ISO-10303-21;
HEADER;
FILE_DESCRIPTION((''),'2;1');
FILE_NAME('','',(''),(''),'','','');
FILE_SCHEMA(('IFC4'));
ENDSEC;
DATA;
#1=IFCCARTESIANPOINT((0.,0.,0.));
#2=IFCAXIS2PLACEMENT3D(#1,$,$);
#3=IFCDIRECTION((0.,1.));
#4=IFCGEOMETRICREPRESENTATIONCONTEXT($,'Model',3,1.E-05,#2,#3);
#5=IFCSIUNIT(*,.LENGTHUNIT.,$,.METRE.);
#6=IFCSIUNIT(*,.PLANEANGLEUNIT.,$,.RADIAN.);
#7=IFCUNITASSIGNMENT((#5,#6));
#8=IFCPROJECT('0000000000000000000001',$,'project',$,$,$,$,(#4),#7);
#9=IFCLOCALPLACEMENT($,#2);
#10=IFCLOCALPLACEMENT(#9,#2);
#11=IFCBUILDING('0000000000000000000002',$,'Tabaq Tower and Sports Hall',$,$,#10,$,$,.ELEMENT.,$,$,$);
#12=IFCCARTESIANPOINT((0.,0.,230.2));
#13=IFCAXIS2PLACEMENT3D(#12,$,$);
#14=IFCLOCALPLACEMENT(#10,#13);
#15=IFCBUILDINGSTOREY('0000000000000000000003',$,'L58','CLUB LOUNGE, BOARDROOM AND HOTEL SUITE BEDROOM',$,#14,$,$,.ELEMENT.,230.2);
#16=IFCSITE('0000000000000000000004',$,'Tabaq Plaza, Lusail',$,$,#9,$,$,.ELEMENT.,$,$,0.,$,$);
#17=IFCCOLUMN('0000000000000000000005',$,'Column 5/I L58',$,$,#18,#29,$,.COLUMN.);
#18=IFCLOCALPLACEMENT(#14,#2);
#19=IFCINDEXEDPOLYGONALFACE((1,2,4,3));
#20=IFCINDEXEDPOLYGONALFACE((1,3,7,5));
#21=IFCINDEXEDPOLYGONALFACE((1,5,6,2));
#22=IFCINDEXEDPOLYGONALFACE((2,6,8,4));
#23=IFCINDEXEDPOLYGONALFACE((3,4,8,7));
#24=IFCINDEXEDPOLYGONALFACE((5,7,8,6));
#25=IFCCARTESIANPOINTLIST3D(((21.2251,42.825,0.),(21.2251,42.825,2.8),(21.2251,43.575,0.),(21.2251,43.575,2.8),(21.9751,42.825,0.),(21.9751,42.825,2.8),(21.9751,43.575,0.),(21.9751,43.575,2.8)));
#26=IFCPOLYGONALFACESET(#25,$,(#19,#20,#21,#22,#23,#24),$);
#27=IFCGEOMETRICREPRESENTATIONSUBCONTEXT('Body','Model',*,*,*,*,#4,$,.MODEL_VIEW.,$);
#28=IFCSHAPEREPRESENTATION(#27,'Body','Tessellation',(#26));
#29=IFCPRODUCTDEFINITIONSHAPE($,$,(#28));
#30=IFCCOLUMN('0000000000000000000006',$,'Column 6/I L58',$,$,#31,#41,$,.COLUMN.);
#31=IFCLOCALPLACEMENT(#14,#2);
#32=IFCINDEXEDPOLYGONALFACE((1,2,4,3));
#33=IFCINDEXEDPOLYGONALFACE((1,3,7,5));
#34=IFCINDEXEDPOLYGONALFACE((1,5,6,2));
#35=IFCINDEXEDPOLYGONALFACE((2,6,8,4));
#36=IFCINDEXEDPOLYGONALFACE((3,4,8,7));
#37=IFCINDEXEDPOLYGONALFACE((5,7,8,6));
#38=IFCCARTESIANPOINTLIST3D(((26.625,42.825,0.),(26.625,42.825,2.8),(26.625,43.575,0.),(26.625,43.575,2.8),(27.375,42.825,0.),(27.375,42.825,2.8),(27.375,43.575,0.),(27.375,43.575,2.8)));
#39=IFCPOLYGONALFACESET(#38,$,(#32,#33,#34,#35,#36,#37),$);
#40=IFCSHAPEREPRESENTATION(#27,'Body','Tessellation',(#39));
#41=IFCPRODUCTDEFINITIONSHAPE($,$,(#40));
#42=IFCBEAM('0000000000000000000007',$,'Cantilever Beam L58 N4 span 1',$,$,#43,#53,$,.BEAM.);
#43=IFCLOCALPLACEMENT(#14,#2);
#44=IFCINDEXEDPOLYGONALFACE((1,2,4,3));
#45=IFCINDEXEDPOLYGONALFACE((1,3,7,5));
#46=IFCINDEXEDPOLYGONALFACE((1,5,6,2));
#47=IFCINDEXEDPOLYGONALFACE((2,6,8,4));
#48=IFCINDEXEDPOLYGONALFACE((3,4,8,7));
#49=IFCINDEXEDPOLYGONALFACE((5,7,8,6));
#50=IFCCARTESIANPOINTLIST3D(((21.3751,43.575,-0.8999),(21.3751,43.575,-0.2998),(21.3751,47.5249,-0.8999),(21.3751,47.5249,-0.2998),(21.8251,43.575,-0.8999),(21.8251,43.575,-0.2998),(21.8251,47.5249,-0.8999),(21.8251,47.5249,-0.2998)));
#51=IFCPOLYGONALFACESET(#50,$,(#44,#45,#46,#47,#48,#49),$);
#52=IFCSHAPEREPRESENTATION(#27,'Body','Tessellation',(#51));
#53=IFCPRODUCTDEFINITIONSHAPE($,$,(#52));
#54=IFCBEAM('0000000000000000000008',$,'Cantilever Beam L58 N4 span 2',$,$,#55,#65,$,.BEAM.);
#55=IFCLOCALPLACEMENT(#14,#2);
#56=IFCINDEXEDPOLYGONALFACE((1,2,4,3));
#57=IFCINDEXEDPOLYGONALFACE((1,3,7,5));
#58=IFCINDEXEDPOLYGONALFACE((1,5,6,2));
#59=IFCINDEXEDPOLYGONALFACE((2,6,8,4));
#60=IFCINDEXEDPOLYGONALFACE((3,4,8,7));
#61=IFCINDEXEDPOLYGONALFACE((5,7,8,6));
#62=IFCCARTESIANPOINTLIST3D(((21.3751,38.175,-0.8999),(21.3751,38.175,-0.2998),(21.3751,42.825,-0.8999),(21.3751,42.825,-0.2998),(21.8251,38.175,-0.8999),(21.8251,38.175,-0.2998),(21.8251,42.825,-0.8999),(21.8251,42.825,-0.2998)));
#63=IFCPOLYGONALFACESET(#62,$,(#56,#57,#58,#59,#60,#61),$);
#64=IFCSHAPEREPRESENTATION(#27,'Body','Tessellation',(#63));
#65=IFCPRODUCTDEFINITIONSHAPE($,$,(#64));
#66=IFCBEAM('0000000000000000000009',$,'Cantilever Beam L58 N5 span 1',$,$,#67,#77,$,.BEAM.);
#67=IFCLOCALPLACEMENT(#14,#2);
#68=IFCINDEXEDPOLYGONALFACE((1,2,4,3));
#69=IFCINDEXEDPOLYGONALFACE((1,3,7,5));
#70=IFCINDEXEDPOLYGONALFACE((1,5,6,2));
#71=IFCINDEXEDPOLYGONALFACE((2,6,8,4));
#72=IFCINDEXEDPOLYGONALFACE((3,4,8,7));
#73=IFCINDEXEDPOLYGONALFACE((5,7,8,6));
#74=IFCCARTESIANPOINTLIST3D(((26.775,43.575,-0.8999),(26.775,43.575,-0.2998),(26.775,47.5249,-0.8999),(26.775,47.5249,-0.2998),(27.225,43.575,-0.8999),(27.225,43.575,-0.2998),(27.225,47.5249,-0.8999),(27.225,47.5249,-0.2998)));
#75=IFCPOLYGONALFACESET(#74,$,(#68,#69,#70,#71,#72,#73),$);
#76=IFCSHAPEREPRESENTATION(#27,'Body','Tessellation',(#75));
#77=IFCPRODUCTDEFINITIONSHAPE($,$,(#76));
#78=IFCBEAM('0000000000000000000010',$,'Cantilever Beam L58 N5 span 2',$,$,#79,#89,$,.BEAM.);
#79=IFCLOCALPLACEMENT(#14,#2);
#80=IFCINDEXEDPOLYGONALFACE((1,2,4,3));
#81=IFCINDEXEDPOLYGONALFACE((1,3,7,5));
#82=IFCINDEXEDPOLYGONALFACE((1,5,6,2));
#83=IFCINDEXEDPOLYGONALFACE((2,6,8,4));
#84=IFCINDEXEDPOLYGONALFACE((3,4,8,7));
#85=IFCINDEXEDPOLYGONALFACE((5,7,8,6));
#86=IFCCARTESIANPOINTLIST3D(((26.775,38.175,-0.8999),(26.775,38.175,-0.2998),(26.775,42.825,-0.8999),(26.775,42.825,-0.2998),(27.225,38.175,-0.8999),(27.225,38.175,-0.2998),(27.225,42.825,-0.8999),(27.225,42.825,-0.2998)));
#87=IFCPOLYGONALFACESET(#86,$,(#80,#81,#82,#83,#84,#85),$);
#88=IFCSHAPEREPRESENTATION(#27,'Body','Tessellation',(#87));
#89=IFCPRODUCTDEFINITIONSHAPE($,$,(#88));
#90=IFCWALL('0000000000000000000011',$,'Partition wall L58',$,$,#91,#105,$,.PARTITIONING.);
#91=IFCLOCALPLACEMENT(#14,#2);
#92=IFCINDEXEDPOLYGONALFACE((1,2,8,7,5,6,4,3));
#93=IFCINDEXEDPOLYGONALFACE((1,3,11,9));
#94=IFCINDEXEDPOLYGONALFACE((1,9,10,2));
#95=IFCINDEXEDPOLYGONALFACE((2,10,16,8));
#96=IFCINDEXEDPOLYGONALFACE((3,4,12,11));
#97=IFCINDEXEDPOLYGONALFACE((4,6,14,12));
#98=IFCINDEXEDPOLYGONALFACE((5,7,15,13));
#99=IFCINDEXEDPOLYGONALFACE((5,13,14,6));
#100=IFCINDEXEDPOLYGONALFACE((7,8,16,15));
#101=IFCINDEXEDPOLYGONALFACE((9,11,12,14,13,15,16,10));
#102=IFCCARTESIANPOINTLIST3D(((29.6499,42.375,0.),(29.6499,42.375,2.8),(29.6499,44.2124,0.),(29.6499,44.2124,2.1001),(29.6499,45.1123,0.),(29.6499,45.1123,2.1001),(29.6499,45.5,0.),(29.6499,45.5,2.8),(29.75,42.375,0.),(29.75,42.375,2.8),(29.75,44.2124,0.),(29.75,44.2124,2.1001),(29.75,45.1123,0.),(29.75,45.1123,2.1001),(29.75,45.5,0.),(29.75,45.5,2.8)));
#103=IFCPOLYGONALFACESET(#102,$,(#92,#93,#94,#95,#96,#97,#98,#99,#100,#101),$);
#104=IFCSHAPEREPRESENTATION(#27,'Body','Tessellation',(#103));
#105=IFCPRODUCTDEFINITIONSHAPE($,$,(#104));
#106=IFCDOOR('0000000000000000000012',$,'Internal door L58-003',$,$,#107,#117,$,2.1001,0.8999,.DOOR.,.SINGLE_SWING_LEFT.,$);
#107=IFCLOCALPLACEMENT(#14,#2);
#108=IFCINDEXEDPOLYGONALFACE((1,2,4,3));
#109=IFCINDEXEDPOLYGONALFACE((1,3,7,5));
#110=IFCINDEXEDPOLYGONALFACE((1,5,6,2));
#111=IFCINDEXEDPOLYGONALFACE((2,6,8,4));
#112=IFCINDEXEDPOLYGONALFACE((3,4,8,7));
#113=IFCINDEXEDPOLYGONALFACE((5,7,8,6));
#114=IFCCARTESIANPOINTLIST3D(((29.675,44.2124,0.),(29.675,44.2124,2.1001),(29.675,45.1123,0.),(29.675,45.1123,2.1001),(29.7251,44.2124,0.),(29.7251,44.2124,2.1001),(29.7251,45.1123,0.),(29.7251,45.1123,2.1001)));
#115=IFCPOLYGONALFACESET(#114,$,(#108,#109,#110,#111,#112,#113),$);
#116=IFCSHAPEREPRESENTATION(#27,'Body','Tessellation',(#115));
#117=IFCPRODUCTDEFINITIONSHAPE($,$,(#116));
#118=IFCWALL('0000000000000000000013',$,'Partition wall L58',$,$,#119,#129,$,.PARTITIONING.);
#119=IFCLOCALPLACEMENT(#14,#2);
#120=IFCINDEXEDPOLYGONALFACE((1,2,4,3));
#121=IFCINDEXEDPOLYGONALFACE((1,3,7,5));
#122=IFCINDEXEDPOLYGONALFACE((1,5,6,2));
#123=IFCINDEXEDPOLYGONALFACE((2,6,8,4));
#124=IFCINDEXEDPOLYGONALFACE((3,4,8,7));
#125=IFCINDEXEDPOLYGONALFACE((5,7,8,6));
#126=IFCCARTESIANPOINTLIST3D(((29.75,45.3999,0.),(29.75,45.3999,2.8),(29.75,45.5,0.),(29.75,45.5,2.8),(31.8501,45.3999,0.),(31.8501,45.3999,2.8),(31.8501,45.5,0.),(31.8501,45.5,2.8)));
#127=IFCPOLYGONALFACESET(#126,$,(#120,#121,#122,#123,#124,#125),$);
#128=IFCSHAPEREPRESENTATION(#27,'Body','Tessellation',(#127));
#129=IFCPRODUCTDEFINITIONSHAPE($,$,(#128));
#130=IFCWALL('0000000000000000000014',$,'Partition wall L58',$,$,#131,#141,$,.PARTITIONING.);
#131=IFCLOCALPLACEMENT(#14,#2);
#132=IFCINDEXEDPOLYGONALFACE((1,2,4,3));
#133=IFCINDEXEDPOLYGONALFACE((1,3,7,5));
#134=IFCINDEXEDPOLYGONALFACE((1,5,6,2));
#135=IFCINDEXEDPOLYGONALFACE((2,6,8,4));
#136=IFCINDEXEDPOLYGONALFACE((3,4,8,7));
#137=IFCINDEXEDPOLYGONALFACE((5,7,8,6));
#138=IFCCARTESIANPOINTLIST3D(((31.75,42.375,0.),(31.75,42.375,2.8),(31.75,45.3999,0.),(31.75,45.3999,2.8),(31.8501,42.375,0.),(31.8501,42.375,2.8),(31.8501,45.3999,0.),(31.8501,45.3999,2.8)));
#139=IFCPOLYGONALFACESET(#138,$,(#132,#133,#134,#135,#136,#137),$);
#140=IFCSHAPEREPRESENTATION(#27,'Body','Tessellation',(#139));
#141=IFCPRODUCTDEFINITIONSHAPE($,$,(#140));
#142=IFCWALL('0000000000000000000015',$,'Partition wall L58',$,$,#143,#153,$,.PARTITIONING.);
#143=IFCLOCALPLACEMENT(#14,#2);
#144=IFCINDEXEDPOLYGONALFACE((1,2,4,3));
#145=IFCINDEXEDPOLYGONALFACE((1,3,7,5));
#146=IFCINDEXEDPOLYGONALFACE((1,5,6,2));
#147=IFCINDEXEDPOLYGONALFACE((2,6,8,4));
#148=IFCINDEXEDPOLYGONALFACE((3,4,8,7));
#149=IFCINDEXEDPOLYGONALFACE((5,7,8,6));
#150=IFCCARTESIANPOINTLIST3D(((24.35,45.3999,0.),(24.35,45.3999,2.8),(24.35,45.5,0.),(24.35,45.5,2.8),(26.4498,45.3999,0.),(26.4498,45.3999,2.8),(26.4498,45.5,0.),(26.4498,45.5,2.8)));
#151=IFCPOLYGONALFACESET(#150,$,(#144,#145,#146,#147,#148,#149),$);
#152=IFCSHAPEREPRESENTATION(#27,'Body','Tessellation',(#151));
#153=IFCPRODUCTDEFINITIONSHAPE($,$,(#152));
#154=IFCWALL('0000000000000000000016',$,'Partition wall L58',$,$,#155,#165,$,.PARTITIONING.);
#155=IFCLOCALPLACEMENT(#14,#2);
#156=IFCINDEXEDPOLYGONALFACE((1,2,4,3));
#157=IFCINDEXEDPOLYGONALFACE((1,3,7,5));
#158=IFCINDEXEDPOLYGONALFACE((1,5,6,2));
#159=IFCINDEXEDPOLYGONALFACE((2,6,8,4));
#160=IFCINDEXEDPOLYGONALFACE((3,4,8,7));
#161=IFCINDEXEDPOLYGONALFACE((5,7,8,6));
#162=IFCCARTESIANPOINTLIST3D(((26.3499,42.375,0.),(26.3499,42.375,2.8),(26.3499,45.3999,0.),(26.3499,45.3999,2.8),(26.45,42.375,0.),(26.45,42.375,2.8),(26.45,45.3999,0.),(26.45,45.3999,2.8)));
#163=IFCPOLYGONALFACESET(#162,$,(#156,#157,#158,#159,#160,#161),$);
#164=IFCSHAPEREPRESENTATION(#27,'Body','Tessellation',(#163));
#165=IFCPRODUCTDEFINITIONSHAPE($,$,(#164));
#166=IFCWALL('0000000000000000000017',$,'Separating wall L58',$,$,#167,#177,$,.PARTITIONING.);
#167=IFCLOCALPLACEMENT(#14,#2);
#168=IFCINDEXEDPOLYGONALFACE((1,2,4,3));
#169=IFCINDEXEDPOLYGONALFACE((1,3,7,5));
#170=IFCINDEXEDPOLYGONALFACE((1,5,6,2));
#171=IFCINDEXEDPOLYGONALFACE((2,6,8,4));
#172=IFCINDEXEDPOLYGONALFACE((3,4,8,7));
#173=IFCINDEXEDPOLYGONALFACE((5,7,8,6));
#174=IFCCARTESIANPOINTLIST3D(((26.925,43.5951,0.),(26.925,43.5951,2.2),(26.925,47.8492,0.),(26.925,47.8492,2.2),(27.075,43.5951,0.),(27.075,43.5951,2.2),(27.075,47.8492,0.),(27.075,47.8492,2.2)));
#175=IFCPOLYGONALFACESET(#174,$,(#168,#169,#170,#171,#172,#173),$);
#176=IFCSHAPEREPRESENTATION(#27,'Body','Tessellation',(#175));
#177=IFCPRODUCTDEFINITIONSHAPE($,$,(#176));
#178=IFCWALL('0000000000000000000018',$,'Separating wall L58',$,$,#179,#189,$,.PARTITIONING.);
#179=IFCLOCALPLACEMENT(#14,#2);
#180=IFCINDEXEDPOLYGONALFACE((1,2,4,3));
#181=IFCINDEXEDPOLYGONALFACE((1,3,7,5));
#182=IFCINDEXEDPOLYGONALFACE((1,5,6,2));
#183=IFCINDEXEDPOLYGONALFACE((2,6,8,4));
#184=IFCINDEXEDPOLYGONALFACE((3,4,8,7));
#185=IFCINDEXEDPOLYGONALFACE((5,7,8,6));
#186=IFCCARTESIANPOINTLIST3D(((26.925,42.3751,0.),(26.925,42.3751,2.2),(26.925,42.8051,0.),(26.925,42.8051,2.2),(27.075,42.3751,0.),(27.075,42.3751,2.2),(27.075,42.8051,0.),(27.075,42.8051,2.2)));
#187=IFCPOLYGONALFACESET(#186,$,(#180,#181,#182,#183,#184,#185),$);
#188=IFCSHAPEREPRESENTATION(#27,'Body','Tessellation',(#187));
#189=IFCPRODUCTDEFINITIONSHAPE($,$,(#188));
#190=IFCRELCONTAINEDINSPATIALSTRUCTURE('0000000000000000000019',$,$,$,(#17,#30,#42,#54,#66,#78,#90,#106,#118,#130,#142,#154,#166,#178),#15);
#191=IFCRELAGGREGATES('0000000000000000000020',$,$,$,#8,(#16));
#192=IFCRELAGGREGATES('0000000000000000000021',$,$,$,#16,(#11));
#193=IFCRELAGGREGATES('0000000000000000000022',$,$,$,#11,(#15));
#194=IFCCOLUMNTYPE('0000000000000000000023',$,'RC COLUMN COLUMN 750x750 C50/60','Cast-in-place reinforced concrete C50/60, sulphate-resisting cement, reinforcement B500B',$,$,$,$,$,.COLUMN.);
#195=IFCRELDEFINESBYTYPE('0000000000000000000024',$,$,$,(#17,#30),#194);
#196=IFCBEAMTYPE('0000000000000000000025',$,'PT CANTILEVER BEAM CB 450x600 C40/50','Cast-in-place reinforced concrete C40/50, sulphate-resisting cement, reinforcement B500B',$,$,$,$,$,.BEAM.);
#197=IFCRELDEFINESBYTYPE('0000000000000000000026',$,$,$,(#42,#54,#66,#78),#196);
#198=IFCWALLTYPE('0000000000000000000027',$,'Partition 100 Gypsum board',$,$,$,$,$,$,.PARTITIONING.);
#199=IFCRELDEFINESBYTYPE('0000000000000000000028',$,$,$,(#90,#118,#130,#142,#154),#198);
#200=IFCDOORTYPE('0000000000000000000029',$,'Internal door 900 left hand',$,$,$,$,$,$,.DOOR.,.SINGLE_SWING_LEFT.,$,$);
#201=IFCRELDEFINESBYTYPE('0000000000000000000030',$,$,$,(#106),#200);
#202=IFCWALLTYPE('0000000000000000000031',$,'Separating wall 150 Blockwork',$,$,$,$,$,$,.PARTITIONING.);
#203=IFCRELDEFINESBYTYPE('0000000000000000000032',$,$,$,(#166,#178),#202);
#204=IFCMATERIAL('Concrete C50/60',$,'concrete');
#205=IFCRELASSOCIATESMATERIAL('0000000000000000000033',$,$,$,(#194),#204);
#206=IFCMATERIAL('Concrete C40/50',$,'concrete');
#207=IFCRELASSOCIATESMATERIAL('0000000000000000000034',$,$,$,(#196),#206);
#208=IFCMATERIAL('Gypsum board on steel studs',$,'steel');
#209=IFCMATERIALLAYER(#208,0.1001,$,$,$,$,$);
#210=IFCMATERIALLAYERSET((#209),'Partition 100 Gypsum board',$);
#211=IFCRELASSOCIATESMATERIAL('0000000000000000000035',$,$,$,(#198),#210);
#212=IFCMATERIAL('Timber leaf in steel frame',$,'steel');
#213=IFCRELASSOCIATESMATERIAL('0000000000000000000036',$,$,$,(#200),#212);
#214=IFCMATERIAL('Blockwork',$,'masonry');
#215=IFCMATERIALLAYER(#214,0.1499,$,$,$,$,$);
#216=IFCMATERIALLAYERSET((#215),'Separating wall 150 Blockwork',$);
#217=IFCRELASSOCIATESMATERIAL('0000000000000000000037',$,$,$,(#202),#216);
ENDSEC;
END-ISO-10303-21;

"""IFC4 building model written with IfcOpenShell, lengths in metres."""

from ifc_helpers import new_model, si_unit, direction, frame, frame_2d, origin, origin_2d, place, context, subcontext, project, spatial, rectangle, extrude, material, layer, layer_set, material_profile, profile_set, type_object, element, fill, save


model = new_model("IFC4")

# Units and contexts
model_context = context("Model", 3, precision=1e-05, world=origin(), true_north=direction((0.0, 1.0)))
body_context = subcontext(model_context, "Body", "Model", "MODEL_VIEW")
ifc_project = project(units=[si_unit("LENGTHUNIT", "METRE"), si_unit("PLANEANGLEUNIT", "RADIAN")], contexts=[model_context])

# Site, building, storey
site_placement = place(None, origin())
site = spatial("IfcSite", under=ifc_project, at=site_placement, Name="Tabaq Plaza, Lusail", CompositionType="ELEMENT", RefElevation=0.0)
building_placement = place(site_placement, origin())
building = spatial("IfcBuilding", under=site, at=building_placement, Name="Tabaq Tower and Sports Hall", CompositionType="ELEMENT")
storey_placement = place(building_placement, frame((0.0, 0.0, 230.2)))
storey = spatial("IfcBuildingStorey", under=building, at=storey_placement, Name="L58", Description="CLUB LOUNGE, BOARDROOM AND HOTEL SUITE BEDROOM", CompositionType="ELEMENT", Elevation=230.2)

# Columns
ifc_material_1 = material(Name="Concrete C50/60", Category="concrete")
ifc_material_profile_1 = material_profile(ifc_material_1, rectangle(XDim=0.75, YDim=0.75, at=origin_2d()), Name="COLUMN 750x750")
ifc_profile_set_1 = profile_set([ifc_material_profile_1], Name="Concrete C50/60")
column_type = type_object("IfcColumnType", Name="RC COLUMN COLUMN 750x750 C50/60", Description="Cast-in-place reinforced concrete C50/60, sulphate-resisting cement, reinforcement B500B", PredefinedType="COLUMN", material=ifc_profile_set_1)
for number, where, z_axis, x_axis, name in (
    (1, (21.6001, 43.2, 0.0), (0.0, 0.0, 1.0), (1.0, 0.0, 0.0), "Column 5/I L58"),
    (2, (27.0, 43.2, 0.0), (0.0, 0.0, 1.0), (1.0, 0.0, 0.0), "Column 6/I L58"),
):
    element("IfcColumn", number, at=place(storey_placement, frame(where, z_axis=z_axis, x_axis=x_axis)), inside=storey, type_object=column_type, Name=name, PredefinedType="COLUMN", context=body_context, shape_type="SweptSolid", body=[
        extrude(rectangle(XDim=0.75, YDim=0.75, at=origin_2d()), origin(), (0.0, 0.0, 1.0), 2.8),
    ])

# Beams
ifc_material_2 = material(Name="Concrete C40/50", Category="concrete")
ifc_material_profile_2 = material_profile(ifc_material_2, rectangle(XDim=0.45, YDim=0.6001, at=origin_2d()), Name="CB 450x600")
ifc_profile_set_2 = profile_set([ifc_material_profile_2], Name="Concrete C40/50")
beam_type = type_object("IfcBeamType", Name="PT CANTILEVER BEAM CB 450x600 C40/50", Description="Cast-in-place reinforced concrete C40/50, sulphate-resisting cement, reinforcement B500B", PredefinedType="BEAM", material=ifc_profile_set_2)
beam_1_placement = place(storey_placement, frame((21.6001, 47.5249, -0.5999), z_axis=(0.0, -1.0, 0.0), x_axis=(1.0, 0.0, 0.0)))
element("IfcBeam", 3, at=beam_1_placement, inside=storey, type_object=beam_type, Name="Cantilever Beam L58 N4 span 1", PredefinedType="BEAM", context=body_context, shape_type="SweptSolid", body=[
    extrude(rectangle(XDim=0.45, YDim=0.6001, at=origin_2d()), origin(), (0.0, 0.0, 1.0), 3.95),
])
beam_2_placement = place(storey_placement, frame((21.6001, 42.825, -0.5999), z_axis=(0.0, -1.0, 0.0), x_axis=(1.0, 0.0, 0.0)))
element("IfcBeam", 4, at=beam_2_placement, inside=storey, type_object=beam_type, Name="Cantilever Beam L58 N4 span 2", PredefinedType="BEAM", context=body_context, shape_type="SweptSolid", body=[
    extrude(rectangle(XDim=0.45, YDim=0.6001, at=origin_2d()), origin(), (0.0, 0.0, 1.0), 4.6499),
])
beam_3_placement = place(storey_placement, frame((27.0, 47.5249, -0.5999), z_axis=(0.0, -1.0, 0.0), x_axis=(1.0, 0.0, 0.0)))
element("IfcBeam", 5, at=beam_3_placement, inside=storey, type_object=beam_type, Name="Cantilever Beam L58 N5 span 1", PredefinedType="BEAM", context=body_context, shape_type="SweptSolid", body=[
    extrude(rectangle(XDim=0.45, YDim=0.6001, at=origin_2d()), origin(), (0.0, 0.0, 1.0), 3.95),
])
beam_4_placement = place(storey_placement, frame((27.0, 42.825, -0.5999), z_axis=(0.0, -1.0, 0.0), x_axis=(1.0, 0.0, 0.0)))
element("IfcBeam", 6, at=beam_4_placement, inside=storey, type_object=beam_type, Name="Cantilever Beam L58 N5 span 2", PredefinedType="BEAM", context=body_context, shape_type="SweptSolid", body=[
    extrude(rectangle(XDim=0.45, YDim=0.6001, at=origin_2d()), origin(), (0.0, 0.0, 1.0), 4.6499),
])

# Wall, opening, door
ifc_material_3 = material(Name="Gypsum board on steel studs", Category="steel")
ifc_layer_1 = layer(ifc_material_3, 0.1001)
ifc_layer_set_1 = layer_set([ifc_layer_1], Name="Partition 100 Gypsum board")
wall_type_1 = type_object("IfcWallType", Name="Partition 100 Gypsum board", PredefinedType="PARTITIONING", material=ifc_layer_set_1)
wall_1_placement = place(storey_placement, frame((29.7, 42.375, 0.0), z_axis=(0.0, 0.0, 1.0), x_axis=(0.0, 1.0, 0.0)))
wall_1 = element("IfcWall", 7, at=wall_1_placement, inside=storey, type_object=wall_type_1, Name="Partition wall L58", PredefinedType="PARTITIONING", context=body_context, shape_type="SweptSolid", body=[
    extrude(rectangle(XDim=3.125, YDim=0.1001, at=frame_2d((1.5625, 0.0))), origin(), (0.0, 0.0, 1.0), 2.8),
])
opening_placement = place(wall_1_placement, frame((1.8374, 0.0, 0.0)))
opening = element("IfcOpeningElement", 8, at=opening_placement, cuts=wall_1, PredefinedType="OPENING", context=body_context, shape_type="SweptSolid", body=[
    extrude(rectangle(XDim=0.8999, YDim=2.1001, at=frame_2d((0.45, 1.05))), frame((0.0, 0.05, 0.0), z_axis=(0.0, -1.0, 0.0), x_axis=(1.0, 0.0, 0.0)), (0.0, 0.0, 1.0), 0.1001),
])
ifc_material_4 = material(Name="Timber leaf in steel frame", Category="steel")
door_type = type_object("IfcDoorType", Name="Internal door 900 left hand", OperationType="SINGLE_SWING_LEFT", PredefinedType="DOOR", material=ifc_material_4)
door_placement = place(opening_placement, origin())
door = element("IfcDoor", 9, at=door_placement, inside=storey, type_object=door_type, Name="Internal door L58-003", OperationType="SINGLE_SWING_LEFT", OverallHeight=2.1001, OverallWidth=0.8999, PredefinedType="DOOR", context=body_context, shape_type="SweptSolid", body=[
    extrude(rectangle(XDim=0.8999, YDim=2.1001, at=frame_2d((0.45, 1.05))), frame((0.0, 0.0249, 0.0), z_axis=(0.0, -1.0, 0.0), x_axis=(1.0, 0.0, 0.0)), (0.0, 0.0, 1.0), 0.05),
])
fill(opening, door)

# Walls
wall_2_placement = place(storey_placement, frame((29.75, 45.45, 0.0), z_axis=(0.0, 0.0, 1.0), x_axis=(1.0, 0.0, 0.0)))
element("IfcWall", 10, at=wall_2_placement, inside=storey, type_object=wall_type_1, Name="Partition wall L58", PredefinedType="PARTITIONING", context=body_context, shape_type="SweptSolid", body=[
    extrude(rectangle(XDim=2.1001, YDim=0.1001, at=frame_2d((1.05, 0.0))), origin(), (0.0, 0.0, 1.0), 2.8),
])
wall_3_placement = place(storey_placement, frame((31.8, 45.3999, 0.0), z_axis=(0.0, 0.0, 1.0), x_axis=(0.0, -1.0, 0.0)))
element("IfcWall", 11, at=wall_3_placement, inside=storey, type_object=wall_type_1, Name="Partition wall L58", PredefinedType="PARTITIONING", context=body_context, shape_type="SweptSolid", body=[
    extrude(rectangle(XDim=3.0249, YDim=0.1001, at=frame_2d((1.5125, 0.0))), origin(), (0.0, 0.0, 1.0), 2.8),
])
wall_4_placement = place(storey_placement, frame((24.3501, 45.45, 0.0), z_axis=(0.0, 0.0, 1.0), x_axis=(1.0, 0.0, 0.0)))
element("IfcWall", 12, at=wall_4_placement, inside=storey, type_object=wall_type_1, Name="Partition wall L58", PredefinedType="PARTITIONING", context=body_context, shape_type="SweptSolid", body=[
    extrude(rectangle(XDim=2.0999, YDim=0.1001, at=frame_2d((1.0498, 0.0))), origin(), (0.0, 0.0, 1.0), 2.8),
])
wall_5_placement = place(storey_placement, frame((26.3999, 45.3999, 0.0), z_axis=(0.0, 0.0, 1.0), x_axis=(0.0, -1.0, 0.0)))
element("IfcWall", 13, at=wall_5_placement, inside=storey, type_object=wall_type_1, Name="Partition wall L58", PredefinedType="PARTITIONING", context=body_context, shape_type="SweptSolid", body=[
    extrude(rectangle(XDim=3.0249, YDim=0.1001, at=frame_2d((1.5125, 0.0))), origin(), (0.0, 0.0, 1.0), 2.8),
])
ifc_material_5 = material(Name="Blockwork", Category="masonry")
ifc_layer_2 = layer(ifc_material_5, 0.1499)
ifc_layer_set_2 = layer_set([ifc_layer_2], Name="Separating wall 150 Blockwork")
wall_type_2 = type_object("IfcWallType", Name="Separating wall 150 Blockwork", PredefinedType="PARTITIONING", material=ifc_layer_set_2)
wall_6_placement = place(storey_placement, frame((27.0, 47.8491, 0.0), z_axis=(0.0, 0.0, 1.0), x_axis=(0.0, -1.0, 0.0)))
element("IfcWall", 14, at=wall_6_placement, inside=storey, type_object=wall_type_2, Name="Separating wall L58", PredefinedType="PARTITIONING", context=body_context, shape_type="SweptSolid", body=[
    extrude(rectangle(XDim=4.2542, YDim=0.1499, at=frame_2d((2.127, 0.0))), origin(), (0.0, 0.0, 1.0), 2.2),
])
wall_7_placement = place(storey_placement, frame((27.0, 42.8049, 0.0), z_axis=(0.0, 0.0, 1.0), x_axis=(0.0, -1.0, 0.0)))
element("IfcWall", 15, at=wall_7_placement, inside=storey, type_object=wall_type_2, Name="Separating wall L58", PredefinedType="PARTITIONING", context=body_context, shape_type="SweptSolid", body=[
    extrude(rectangle(XDim=0.4299, YDim=0.1499, at=frame_2d((0.2148, 0.0))), origin(), (0.0, 0.0, 1.0), 2.2),
])

save(model, "model.ifc")
